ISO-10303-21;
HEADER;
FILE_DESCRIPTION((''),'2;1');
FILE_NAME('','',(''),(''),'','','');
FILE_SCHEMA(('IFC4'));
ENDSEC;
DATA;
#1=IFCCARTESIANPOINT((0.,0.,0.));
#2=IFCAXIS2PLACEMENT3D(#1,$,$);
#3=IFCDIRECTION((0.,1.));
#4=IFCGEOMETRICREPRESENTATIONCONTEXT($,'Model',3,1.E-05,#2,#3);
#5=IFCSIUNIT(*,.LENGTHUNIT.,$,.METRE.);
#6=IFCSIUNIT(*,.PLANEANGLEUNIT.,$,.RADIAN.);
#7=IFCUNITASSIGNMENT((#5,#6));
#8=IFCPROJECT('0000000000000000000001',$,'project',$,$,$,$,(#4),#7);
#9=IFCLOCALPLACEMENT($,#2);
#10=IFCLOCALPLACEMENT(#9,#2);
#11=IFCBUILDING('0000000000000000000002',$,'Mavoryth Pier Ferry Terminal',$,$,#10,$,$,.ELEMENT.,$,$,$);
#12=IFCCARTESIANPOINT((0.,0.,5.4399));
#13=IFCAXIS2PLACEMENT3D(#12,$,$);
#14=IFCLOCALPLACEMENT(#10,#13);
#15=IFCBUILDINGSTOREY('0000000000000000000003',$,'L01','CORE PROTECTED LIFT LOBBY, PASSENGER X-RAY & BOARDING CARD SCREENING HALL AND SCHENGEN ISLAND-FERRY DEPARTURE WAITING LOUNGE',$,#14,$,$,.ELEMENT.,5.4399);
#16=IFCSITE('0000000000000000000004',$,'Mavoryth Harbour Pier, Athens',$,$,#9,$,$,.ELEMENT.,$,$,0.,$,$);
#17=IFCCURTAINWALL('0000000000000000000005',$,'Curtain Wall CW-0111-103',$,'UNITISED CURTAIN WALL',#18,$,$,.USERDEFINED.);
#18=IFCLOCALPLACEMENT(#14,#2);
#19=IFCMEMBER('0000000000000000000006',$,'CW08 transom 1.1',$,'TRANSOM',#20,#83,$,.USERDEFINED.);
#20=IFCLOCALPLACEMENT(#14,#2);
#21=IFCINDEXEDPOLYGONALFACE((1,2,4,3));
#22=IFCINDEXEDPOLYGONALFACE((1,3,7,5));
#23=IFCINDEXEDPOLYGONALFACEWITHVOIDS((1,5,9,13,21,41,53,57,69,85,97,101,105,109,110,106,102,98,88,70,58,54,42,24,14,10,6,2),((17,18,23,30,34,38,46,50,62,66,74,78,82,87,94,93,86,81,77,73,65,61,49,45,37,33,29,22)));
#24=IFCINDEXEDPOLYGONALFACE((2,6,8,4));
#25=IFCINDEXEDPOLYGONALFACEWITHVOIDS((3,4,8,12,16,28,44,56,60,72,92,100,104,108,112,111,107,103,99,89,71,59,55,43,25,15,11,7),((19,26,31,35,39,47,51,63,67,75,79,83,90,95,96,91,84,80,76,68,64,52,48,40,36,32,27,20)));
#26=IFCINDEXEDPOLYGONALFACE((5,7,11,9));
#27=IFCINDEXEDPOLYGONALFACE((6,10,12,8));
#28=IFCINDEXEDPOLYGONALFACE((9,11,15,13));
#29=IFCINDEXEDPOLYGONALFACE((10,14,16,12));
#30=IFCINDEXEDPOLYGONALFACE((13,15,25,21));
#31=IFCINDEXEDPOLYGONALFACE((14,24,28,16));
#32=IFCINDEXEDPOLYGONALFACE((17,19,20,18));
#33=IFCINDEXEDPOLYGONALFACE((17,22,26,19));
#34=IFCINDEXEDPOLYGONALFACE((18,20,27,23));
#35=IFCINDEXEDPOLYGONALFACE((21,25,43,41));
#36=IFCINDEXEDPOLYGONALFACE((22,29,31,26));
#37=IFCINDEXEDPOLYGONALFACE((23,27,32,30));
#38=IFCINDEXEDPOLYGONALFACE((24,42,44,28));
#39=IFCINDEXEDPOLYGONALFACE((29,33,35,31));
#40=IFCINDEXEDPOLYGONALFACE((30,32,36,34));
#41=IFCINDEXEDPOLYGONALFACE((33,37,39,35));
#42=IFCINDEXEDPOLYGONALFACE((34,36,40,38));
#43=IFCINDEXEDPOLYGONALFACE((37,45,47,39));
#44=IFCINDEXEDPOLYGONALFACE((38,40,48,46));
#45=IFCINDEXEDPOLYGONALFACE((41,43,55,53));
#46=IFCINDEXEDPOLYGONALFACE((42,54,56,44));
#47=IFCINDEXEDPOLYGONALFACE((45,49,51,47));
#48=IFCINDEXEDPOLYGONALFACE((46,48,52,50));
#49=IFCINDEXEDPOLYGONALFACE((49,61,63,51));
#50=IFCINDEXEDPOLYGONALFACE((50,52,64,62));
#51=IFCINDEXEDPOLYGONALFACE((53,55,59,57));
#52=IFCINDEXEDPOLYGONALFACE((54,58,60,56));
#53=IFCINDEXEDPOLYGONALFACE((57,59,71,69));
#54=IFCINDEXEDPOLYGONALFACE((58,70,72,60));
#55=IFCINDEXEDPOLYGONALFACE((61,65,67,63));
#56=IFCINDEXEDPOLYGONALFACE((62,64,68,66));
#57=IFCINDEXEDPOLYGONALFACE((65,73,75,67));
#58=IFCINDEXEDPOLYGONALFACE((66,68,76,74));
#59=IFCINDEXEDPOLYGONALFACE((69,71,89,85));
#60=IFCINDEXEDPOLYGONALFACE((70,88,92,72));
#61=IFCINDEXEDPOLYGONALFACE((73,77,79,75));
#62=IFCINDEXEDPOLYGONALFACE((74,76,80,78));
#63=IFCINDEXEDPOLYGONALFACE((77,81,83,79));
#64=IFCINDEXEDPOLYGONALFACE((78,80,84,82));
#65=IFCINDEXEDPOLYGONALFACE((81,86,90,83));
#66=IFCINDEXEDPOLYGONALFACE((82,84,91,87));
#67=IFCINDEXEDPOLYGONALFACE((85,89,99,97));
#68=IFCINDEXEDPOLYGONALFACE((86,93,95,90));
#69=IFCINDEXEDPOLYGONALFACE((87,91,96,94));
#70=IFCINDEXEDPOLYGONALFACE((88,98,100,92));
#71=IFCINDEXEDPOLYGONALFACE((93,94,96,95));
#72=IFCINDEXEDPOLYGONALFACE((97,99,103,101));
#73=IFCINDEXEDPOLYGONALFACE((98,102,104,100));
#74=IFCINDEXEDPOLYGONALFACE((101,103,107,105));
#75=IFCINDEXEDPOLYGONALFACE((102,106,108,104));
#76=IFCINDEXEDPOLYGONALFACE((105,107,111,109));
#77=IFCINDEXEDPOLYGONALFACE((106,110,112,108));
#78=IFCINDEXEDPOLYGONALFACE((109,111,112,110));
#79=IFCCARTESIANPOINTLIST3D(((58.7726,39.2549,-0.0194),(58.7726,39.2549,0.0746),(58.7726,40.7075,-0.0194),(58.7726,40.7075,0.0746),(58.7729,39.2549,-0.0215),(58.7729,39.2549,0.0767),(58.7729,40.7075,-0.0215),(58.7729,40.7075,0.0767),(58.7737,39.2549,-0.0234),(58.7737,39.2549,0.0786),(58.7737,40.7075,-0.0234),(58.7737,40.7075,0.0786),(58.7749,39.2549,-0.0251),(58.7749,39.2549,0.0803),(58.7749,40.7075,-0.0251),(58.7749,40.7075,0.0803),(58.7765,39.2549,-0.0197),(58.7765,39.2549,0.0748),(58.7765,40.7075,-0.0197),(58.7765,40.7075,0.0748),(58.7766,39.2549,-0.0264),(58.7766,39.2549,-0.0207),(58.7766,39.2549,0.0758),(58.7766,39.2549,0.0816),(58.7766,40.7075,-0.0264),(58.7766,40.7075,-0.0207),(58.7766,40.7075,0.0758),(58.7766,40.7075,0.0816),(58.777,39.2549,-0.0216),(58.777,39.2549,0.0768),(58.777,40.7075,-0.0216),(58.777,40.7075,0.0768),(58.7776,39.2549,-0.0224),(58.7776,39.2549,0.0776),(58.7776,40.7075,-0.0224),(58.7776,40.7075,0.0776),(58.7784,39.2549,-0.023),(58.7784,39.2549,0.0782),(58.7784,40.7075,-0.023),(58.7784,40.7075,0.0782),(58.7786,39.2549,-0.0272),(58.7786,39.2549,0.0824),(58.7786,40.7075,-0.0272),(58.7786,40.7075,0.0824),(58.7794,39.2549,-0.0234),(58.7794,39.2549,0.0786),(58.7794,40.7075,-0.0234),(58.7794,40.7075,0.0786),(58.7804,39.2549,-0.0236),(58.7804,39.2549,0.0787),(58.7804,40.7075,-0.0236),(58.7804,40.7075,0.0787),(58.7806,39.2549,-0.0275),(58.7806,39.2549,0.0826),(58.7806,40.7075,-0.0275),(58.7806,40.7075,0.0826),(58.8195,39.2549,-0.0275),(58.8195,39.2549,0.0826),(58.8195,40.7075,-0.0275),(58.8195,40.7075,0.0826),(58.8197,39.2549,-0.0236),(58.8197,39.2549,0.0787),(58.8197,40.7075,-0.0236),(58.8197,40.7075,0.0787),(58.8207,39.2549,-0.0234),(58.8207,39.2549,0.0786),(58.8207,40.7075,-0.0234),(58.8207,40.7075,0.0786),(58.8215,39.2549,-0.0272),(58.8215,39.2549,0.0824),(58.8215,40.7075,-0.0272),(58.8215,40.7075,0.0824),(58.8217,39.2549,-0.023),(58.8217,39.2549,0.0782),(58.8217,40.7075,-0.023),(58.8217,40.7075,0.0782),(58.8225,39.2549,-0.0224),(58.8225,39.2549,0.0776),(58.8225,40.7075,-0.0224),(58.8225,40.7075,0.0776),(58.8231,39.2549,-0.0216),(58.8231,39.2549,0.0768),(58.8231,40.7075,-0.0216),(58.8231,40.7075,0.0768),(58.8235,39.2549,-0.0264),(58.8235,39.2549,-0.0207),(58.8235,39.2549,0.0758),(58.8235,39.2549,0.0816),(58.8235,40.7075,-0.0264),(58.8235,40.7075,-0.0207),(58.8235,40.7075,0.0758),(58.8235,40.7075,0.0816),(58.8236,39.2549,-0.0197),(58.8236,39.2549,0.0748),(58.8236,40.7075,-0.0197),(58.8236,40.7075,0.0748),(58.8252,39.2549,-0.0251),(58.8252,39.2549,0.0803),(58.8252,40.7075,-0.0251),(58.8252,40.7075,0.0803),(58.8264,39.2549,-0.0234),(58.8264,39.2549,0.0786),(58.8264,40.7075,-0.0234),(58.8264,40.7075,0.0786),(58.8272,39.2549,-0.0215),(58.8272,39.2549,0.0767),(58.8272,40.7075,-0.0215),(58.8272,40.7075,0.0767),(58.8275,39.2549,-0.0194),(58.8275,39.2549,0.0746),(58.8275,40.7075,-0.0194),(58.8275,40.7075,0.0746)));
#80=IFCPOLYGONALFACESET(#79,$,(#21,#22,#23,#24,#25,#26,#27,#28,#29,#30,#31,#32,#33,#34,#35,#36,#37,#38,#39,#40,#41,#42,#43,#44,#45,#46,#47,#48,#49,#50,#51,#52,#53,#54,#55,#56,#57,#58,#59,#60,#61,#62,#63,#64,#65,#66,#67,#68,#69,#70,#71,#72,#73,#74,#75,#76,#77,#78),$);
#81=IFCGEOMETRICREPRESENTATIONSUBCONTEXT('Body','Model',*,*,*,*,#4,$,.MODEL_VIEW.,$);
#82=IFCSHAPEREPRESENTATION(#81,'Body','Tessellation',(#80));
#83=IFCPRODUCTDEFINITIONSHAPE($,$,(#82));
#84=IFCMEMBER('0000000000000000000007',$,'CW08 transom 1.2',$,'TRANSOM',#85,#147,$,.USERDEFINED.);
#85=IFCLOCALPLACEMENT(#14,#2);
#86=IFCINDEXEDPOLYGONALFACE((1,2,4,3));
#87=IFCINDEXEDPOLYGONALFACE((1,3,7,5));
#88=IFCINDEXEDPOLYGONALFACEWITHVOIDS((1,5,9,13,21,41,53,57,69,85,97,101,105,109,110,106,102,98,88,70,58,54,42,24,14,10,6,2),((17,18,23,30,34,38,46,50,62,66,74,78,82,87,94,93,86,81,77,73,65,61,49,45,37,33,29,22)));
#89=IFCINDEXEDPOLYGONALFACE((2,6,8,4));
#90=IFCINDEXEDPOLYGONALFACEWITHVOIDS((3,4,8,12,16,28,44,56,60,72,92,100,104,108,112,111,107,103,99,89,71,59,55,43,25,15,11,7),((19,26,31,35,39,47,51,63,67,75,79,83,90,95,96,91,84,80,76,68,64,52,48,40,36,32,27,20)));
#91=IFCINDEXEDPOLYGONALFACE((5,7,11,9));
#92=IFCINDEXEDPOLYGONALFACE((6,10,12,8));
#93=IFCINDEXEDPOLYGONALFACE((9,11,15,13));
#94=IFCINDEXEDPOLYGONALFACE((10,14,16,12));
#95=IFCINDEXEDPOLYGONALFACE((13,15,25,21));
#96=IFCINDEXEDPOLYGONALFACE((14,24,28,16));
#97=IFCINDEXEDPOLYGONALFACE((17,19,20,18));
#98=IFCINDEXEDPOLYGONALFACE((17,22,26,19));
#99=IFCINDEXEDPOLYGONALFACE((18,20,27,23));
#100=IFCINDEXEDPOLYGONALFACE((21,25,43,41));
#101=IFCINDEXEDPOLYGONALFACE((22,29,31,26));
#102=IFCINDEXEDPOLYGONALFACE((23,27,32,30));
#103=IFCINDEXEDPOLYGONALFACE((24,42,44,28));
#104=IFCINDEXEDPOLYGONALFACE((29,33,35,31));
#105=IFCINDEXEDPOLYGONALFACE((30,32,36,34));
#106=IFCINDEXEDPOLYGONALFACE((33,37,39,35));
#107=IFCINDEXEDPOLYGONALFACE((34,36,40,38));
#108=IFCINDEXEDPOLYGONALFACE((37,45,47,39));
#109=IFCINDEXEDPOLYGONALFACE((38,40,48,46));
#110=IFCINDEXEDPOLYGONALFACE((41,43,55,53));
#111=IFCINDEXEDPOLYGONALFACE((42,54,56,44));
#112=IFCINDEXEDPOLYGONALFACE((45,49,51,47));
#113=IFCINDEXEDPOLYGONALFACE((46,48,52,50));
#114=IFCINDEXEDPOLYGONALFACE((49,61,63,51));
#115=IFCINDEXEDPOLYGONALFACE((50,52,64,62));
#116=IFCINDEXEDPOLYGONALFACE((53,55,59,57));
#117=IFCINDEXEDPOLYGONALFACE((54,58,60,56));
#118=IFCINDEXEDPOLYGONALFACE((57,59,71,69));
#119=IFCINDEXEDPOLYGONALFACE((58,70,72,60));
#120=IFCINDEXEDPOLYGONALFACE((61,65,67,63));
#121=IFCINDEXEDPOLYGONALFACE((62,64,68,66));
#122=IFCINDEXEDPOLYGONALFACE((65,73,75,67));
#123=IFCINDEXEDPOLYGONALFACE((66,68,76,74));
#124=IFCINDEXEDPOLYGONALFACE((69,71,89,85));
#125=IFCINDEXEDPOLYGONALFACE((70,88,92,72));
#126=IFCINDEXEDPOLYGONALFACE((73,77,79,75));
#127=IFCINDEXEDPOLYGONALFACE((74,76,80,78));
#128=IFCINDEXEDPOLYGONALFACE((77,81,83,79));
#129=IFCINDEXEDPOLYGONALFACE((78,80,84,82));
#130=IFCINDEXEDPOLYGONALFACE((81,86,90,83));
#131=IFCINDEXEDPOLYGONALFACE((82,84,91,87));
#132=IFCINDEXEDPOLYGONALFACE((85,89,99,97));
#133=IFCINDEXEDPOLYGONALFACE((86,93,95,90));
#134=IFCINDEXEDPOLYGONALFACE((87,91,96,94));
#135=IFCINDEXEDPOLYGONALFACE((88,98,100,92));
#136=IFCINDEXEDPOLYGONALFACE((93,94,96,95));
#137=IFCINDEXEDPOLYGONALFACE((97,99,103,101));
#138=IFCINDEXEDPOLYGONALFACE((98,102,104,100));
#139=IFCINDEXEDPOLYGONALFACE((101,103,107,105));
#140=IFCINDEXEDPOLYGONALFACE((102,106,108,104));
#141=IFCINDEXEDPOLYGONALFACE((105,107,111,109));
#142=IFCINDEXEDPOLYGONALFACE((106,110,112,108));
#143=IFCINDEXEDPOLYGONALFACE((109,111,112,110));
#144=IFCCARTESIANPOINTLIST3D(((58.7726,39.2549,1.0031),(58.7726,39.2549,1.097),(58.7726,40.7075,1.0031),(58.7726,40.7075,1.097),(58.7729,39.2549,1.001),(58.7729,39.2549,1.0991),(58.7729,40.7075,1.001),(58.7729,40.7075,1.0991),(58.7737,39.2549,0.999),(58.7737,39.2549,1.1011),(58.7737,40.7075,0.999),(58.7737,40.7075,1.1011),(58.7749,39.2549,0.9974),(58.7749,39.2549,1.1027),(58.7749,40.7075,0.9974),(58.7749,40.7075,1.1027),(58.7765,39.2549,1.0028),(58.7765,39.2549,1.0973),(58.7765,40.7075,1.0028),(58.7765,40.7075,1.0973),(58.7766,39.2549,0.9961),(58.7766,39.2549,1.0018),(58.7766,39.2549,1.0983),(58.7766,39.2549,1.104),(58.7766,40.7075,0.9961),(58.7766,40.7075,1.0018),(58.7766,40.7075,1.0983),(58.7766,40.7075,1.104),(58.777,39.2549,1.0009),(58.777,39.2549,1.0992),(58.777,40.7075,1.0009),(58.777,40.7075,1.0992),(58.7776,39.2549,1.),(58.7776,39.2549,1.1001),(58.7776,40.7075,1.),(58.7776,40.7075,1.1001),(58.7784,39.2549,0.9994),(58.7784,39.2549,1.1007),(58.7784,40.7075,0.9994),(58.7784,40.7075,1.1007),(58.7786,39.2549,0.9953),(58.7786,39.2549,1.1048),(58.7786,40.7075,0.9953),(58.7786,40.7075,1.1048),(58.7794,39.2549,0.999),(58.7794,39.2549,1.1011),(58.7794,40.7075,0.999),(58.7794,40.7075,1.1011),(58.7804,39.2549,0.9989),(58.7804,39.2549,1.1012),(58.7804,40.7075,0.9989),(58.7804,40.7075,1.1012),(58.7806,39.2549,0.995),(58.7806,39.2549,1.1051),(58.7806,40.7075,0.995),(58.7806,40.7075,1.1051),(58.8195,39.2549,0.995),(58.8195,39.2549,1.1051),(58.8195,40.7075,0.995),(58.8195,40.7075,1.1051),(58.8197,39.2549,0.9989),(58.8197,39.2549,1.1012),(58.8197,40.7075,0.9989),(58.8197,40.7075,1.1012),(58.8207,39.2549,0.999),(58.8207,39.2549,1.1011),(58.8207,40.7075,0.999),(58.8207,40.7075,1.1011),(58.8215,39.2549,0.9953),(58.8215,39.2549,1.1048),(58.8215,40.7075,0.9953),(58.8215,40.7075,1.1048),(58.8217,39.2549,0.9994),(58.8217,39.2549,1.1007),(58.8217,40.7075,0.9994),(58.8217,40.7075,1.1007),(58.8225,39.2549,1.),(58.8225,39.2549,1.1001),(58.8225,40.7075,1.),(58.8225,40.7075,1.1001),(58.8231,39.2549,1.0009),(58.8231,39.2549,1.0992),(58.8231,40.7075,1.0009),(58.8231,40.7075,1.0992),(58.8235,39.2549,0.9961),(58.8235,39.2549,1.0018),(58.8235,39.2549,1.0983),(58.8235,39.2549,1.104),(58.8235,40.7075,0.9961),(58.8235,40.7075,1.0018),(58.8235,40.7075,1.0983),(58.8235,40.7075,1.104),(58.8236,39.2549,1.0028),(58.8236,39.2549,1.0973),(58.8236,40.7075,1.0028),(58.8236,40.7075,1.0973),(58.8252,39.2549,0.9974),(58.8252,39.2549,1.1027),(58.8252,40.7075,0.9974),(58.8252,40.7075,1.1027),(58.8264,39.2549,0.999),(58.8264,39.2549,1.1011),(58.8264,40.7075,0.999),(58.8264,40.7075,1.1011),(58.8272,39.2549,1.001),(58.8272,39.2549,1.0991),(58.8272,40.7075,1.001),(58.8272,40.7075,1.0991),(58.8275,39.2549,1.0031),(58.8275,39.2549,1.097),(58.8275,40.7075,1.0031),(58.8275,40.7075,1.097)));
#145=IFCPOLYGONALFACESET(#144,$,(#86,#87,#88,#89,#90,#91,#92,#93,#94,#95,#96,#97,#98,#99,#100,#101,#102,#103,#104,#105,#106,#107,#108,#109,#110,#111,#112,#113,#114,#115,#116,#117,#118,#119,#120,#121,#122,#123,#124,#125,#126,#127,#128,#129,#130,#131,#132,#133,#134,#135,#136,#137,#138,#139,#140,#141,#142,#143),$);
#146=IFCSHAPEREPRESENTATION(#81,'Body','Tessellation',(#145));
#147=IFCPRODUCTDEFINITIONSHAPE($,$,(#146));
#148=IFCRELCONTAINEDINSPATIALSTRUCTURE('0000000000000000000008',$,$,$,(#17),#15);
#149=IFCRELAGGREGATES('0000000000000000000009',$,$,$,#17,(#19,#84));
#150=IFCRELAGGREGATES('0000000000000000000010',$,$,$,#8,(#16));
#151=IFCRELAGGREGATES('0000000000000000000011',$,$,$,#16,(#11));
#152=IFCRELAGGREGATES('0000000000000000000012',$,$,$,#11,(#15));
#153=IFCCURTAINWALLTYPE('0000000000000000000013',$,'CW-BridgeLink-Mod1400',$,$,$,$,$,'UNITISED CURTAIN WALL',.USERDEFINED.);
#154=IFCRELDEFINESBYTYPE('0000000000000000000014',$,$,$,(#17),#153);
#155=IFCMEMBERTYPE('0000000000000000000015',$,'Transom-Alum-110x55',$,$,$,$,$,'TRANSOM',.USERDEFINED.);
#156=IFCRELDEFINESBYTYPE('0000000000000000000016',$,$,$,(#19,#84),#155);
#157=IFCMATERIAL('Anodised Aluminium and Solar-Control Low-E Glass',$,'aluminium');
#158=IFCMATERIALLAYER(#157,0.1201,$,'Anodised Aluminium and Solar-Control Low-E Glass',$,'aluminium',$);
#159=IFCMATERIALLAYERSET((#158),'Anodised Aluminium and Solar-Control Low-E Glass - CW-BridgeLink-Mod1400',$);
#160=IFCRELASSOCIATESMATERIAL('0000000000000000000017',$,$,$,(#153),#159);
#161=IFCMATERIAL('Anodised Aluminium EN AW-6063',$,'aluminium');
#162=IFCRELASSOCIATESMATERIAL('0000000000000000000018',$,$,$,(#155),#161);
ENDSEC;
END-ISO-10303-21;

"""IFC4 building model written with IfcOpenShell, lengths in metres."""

from ifc_helpers import new_model, si_unit, direction, frame, origin, origin_2d, place, context, subcontext, project, spatial, hollow_rectangle, extrude, material, layer, layer_set, material_profile, profile_set, type_object, element, aggregate, save


model = new_model("IFC4")

# Units and contexts
model_context = context("Model", 3, precision=1e-05, world=origin(), true_north=direction((0.0, 1.0)))
body_context = subcontext(model_context, "Body", "Model", "MODEL_VIEW")
ifc_project = project(units=[si_unit("LENGTHUNIT", "METRE"), si_unit("PLANEANGLEUNIT", "RADIAN")], contexts=[model_context])

# Site, building, storey
site_placement = place(None, origin())
site = spatial("IfcSite", under=ifc_project, at=site_placement, Name="Mavoryth Harbour Pier, Athens", CompositionType="ELEMENT", RefElevation=0.0)
building_placement = place(site_placement, origin())
building = spatial("IfcBuilding", under=site, at=building_placement, Name="Mavoryth Pier Ferry Terminal", CompositionType="ELEMENT")
storey_placement = place(building_placement, frame((0.0, 0.0, 5.4399)))
storey = spatial("IfcBuildingStorey", under=building, at=storey_placement, Name="L01", Description="CORE PROTECTED LIFT LOBBY, PASSENGER X-RAY & BOARDING CARD SCREENING HALL AND SCHENGEN ISLAND-FERRY DEPARTURE WAITING LOUNGE", CompositionType="ELEMENT", Elevation=5.4399)

# Curtain wall
ifc_material_1 = material(Name="Anodised Aluminium and Solar-Control Low-E Glass", Category="aluminium")
ifc_layer_1 = layer(ifc_material_1, 0.1201, Name="Anodised Aluminium and Solar-Control Low-E Glass", Category="aluminium")
ifc_layer_set_1 = layer_set([ifc_layer_1], Name="Anodised Aluminium and Solar-Control Low-E Glass - CW-BridgeLink-Mod1400")
curtain_wall_type = type_object("IfcCurtainWallType", Name="CW-BridgeLink-Mod1400", ElementType="UNITISED CURTAIN WALL", PredefinedType="USERDEFINED", material=ifc_layer_set_1)
curtain_wall_placement = place(storey_placement, origin())
curtain_wall = element("IfcCurtainWall", 1, at=curtain_wall_placement, inside=storey, type_object=curtain_wall_type, Name="Curtain Wall CW-0111-103", ObjectType="UNITISED CURTAIN WALL", PredefinedType="USERDEFINED")
ifc_material_2 = material(Name="Anodised Aluminium EN AW-6063", Category="aluminium")

# Members
ifc_material_profile_1 = material_profile(ifc_material_2, hollow_rectangle(XDim=0.0549, YDim=0.1101, WallThickness=0.0039, InnerFilletRadius=0.0039, OuterFilletRadius=0.0081, at=origin_2d()), Name="AL-TRAN 110x55x4", Category="aluminium")
ifc_profile_set_1 = profile_set([ifc_material_profile_1], Name="Anodised Aluminium EN AW-6063 - AL-TRAN 110x55x4")
member_type_1 = type_object("IfcMemberType", Name="Transom-Alum-110x55", ElementType="TRANSOM", PredefinedType="USERDEFINED", material=ifc_profile_set_1)
member_1_placement = place(storey_placement, frame((58.8, 39.2549, 0.0276), z_axis=(0.0, 1.0, 0.0), x_axis=(-1.0, 0.0, 0.0)))
member_1 = element("IfcMember", 2, at=member_1_placement, type_object=member_type_1, Name="CW08 transom 1.1", ObjectType="TRANSOM", PredefinedType="USERDEFINED", context=body_context, shape_type="SweptSolid", body=[
    extrude(hollow_rectangle(XDim=0.0549, YDim=0.1101, WallThickness=0.0039, InnerFilletRadius=0.0039, OuterFilletRadius=0.0081, at=origin_2d()), origin(), (0.0, 0.0, 1.0), 1.4526),
])
member_2_placement = place(storey_placement, frame((58.8, 39.2549, 1.05), z_axis=(0.0, 1.0, 0.0), x_axis=(-1.0, 0.0, 0.0)))
member_2 = element("IfcMember", 3, at=member_2_placement, type_object=member_type_1, Name="CW08 transom 1.2", ObjectType="TRANSOM", PredefinedType="USERDEFINED", context=body_context, shape_type="SweptSolid", body=[
    extrude(hollow_rectangle(XDim=0.0549, YDim=0.1101, WallThickness=0.0039, InnerFilletRadius=0.0039, OuterFilletRadius=0.0081, at=origin_2d()), origin(), (0.0, 0.0, 1.0), 1.4526),
])

aggregate(curtain_wall, [member_1, member_2])

save(model, "model.ifc")
